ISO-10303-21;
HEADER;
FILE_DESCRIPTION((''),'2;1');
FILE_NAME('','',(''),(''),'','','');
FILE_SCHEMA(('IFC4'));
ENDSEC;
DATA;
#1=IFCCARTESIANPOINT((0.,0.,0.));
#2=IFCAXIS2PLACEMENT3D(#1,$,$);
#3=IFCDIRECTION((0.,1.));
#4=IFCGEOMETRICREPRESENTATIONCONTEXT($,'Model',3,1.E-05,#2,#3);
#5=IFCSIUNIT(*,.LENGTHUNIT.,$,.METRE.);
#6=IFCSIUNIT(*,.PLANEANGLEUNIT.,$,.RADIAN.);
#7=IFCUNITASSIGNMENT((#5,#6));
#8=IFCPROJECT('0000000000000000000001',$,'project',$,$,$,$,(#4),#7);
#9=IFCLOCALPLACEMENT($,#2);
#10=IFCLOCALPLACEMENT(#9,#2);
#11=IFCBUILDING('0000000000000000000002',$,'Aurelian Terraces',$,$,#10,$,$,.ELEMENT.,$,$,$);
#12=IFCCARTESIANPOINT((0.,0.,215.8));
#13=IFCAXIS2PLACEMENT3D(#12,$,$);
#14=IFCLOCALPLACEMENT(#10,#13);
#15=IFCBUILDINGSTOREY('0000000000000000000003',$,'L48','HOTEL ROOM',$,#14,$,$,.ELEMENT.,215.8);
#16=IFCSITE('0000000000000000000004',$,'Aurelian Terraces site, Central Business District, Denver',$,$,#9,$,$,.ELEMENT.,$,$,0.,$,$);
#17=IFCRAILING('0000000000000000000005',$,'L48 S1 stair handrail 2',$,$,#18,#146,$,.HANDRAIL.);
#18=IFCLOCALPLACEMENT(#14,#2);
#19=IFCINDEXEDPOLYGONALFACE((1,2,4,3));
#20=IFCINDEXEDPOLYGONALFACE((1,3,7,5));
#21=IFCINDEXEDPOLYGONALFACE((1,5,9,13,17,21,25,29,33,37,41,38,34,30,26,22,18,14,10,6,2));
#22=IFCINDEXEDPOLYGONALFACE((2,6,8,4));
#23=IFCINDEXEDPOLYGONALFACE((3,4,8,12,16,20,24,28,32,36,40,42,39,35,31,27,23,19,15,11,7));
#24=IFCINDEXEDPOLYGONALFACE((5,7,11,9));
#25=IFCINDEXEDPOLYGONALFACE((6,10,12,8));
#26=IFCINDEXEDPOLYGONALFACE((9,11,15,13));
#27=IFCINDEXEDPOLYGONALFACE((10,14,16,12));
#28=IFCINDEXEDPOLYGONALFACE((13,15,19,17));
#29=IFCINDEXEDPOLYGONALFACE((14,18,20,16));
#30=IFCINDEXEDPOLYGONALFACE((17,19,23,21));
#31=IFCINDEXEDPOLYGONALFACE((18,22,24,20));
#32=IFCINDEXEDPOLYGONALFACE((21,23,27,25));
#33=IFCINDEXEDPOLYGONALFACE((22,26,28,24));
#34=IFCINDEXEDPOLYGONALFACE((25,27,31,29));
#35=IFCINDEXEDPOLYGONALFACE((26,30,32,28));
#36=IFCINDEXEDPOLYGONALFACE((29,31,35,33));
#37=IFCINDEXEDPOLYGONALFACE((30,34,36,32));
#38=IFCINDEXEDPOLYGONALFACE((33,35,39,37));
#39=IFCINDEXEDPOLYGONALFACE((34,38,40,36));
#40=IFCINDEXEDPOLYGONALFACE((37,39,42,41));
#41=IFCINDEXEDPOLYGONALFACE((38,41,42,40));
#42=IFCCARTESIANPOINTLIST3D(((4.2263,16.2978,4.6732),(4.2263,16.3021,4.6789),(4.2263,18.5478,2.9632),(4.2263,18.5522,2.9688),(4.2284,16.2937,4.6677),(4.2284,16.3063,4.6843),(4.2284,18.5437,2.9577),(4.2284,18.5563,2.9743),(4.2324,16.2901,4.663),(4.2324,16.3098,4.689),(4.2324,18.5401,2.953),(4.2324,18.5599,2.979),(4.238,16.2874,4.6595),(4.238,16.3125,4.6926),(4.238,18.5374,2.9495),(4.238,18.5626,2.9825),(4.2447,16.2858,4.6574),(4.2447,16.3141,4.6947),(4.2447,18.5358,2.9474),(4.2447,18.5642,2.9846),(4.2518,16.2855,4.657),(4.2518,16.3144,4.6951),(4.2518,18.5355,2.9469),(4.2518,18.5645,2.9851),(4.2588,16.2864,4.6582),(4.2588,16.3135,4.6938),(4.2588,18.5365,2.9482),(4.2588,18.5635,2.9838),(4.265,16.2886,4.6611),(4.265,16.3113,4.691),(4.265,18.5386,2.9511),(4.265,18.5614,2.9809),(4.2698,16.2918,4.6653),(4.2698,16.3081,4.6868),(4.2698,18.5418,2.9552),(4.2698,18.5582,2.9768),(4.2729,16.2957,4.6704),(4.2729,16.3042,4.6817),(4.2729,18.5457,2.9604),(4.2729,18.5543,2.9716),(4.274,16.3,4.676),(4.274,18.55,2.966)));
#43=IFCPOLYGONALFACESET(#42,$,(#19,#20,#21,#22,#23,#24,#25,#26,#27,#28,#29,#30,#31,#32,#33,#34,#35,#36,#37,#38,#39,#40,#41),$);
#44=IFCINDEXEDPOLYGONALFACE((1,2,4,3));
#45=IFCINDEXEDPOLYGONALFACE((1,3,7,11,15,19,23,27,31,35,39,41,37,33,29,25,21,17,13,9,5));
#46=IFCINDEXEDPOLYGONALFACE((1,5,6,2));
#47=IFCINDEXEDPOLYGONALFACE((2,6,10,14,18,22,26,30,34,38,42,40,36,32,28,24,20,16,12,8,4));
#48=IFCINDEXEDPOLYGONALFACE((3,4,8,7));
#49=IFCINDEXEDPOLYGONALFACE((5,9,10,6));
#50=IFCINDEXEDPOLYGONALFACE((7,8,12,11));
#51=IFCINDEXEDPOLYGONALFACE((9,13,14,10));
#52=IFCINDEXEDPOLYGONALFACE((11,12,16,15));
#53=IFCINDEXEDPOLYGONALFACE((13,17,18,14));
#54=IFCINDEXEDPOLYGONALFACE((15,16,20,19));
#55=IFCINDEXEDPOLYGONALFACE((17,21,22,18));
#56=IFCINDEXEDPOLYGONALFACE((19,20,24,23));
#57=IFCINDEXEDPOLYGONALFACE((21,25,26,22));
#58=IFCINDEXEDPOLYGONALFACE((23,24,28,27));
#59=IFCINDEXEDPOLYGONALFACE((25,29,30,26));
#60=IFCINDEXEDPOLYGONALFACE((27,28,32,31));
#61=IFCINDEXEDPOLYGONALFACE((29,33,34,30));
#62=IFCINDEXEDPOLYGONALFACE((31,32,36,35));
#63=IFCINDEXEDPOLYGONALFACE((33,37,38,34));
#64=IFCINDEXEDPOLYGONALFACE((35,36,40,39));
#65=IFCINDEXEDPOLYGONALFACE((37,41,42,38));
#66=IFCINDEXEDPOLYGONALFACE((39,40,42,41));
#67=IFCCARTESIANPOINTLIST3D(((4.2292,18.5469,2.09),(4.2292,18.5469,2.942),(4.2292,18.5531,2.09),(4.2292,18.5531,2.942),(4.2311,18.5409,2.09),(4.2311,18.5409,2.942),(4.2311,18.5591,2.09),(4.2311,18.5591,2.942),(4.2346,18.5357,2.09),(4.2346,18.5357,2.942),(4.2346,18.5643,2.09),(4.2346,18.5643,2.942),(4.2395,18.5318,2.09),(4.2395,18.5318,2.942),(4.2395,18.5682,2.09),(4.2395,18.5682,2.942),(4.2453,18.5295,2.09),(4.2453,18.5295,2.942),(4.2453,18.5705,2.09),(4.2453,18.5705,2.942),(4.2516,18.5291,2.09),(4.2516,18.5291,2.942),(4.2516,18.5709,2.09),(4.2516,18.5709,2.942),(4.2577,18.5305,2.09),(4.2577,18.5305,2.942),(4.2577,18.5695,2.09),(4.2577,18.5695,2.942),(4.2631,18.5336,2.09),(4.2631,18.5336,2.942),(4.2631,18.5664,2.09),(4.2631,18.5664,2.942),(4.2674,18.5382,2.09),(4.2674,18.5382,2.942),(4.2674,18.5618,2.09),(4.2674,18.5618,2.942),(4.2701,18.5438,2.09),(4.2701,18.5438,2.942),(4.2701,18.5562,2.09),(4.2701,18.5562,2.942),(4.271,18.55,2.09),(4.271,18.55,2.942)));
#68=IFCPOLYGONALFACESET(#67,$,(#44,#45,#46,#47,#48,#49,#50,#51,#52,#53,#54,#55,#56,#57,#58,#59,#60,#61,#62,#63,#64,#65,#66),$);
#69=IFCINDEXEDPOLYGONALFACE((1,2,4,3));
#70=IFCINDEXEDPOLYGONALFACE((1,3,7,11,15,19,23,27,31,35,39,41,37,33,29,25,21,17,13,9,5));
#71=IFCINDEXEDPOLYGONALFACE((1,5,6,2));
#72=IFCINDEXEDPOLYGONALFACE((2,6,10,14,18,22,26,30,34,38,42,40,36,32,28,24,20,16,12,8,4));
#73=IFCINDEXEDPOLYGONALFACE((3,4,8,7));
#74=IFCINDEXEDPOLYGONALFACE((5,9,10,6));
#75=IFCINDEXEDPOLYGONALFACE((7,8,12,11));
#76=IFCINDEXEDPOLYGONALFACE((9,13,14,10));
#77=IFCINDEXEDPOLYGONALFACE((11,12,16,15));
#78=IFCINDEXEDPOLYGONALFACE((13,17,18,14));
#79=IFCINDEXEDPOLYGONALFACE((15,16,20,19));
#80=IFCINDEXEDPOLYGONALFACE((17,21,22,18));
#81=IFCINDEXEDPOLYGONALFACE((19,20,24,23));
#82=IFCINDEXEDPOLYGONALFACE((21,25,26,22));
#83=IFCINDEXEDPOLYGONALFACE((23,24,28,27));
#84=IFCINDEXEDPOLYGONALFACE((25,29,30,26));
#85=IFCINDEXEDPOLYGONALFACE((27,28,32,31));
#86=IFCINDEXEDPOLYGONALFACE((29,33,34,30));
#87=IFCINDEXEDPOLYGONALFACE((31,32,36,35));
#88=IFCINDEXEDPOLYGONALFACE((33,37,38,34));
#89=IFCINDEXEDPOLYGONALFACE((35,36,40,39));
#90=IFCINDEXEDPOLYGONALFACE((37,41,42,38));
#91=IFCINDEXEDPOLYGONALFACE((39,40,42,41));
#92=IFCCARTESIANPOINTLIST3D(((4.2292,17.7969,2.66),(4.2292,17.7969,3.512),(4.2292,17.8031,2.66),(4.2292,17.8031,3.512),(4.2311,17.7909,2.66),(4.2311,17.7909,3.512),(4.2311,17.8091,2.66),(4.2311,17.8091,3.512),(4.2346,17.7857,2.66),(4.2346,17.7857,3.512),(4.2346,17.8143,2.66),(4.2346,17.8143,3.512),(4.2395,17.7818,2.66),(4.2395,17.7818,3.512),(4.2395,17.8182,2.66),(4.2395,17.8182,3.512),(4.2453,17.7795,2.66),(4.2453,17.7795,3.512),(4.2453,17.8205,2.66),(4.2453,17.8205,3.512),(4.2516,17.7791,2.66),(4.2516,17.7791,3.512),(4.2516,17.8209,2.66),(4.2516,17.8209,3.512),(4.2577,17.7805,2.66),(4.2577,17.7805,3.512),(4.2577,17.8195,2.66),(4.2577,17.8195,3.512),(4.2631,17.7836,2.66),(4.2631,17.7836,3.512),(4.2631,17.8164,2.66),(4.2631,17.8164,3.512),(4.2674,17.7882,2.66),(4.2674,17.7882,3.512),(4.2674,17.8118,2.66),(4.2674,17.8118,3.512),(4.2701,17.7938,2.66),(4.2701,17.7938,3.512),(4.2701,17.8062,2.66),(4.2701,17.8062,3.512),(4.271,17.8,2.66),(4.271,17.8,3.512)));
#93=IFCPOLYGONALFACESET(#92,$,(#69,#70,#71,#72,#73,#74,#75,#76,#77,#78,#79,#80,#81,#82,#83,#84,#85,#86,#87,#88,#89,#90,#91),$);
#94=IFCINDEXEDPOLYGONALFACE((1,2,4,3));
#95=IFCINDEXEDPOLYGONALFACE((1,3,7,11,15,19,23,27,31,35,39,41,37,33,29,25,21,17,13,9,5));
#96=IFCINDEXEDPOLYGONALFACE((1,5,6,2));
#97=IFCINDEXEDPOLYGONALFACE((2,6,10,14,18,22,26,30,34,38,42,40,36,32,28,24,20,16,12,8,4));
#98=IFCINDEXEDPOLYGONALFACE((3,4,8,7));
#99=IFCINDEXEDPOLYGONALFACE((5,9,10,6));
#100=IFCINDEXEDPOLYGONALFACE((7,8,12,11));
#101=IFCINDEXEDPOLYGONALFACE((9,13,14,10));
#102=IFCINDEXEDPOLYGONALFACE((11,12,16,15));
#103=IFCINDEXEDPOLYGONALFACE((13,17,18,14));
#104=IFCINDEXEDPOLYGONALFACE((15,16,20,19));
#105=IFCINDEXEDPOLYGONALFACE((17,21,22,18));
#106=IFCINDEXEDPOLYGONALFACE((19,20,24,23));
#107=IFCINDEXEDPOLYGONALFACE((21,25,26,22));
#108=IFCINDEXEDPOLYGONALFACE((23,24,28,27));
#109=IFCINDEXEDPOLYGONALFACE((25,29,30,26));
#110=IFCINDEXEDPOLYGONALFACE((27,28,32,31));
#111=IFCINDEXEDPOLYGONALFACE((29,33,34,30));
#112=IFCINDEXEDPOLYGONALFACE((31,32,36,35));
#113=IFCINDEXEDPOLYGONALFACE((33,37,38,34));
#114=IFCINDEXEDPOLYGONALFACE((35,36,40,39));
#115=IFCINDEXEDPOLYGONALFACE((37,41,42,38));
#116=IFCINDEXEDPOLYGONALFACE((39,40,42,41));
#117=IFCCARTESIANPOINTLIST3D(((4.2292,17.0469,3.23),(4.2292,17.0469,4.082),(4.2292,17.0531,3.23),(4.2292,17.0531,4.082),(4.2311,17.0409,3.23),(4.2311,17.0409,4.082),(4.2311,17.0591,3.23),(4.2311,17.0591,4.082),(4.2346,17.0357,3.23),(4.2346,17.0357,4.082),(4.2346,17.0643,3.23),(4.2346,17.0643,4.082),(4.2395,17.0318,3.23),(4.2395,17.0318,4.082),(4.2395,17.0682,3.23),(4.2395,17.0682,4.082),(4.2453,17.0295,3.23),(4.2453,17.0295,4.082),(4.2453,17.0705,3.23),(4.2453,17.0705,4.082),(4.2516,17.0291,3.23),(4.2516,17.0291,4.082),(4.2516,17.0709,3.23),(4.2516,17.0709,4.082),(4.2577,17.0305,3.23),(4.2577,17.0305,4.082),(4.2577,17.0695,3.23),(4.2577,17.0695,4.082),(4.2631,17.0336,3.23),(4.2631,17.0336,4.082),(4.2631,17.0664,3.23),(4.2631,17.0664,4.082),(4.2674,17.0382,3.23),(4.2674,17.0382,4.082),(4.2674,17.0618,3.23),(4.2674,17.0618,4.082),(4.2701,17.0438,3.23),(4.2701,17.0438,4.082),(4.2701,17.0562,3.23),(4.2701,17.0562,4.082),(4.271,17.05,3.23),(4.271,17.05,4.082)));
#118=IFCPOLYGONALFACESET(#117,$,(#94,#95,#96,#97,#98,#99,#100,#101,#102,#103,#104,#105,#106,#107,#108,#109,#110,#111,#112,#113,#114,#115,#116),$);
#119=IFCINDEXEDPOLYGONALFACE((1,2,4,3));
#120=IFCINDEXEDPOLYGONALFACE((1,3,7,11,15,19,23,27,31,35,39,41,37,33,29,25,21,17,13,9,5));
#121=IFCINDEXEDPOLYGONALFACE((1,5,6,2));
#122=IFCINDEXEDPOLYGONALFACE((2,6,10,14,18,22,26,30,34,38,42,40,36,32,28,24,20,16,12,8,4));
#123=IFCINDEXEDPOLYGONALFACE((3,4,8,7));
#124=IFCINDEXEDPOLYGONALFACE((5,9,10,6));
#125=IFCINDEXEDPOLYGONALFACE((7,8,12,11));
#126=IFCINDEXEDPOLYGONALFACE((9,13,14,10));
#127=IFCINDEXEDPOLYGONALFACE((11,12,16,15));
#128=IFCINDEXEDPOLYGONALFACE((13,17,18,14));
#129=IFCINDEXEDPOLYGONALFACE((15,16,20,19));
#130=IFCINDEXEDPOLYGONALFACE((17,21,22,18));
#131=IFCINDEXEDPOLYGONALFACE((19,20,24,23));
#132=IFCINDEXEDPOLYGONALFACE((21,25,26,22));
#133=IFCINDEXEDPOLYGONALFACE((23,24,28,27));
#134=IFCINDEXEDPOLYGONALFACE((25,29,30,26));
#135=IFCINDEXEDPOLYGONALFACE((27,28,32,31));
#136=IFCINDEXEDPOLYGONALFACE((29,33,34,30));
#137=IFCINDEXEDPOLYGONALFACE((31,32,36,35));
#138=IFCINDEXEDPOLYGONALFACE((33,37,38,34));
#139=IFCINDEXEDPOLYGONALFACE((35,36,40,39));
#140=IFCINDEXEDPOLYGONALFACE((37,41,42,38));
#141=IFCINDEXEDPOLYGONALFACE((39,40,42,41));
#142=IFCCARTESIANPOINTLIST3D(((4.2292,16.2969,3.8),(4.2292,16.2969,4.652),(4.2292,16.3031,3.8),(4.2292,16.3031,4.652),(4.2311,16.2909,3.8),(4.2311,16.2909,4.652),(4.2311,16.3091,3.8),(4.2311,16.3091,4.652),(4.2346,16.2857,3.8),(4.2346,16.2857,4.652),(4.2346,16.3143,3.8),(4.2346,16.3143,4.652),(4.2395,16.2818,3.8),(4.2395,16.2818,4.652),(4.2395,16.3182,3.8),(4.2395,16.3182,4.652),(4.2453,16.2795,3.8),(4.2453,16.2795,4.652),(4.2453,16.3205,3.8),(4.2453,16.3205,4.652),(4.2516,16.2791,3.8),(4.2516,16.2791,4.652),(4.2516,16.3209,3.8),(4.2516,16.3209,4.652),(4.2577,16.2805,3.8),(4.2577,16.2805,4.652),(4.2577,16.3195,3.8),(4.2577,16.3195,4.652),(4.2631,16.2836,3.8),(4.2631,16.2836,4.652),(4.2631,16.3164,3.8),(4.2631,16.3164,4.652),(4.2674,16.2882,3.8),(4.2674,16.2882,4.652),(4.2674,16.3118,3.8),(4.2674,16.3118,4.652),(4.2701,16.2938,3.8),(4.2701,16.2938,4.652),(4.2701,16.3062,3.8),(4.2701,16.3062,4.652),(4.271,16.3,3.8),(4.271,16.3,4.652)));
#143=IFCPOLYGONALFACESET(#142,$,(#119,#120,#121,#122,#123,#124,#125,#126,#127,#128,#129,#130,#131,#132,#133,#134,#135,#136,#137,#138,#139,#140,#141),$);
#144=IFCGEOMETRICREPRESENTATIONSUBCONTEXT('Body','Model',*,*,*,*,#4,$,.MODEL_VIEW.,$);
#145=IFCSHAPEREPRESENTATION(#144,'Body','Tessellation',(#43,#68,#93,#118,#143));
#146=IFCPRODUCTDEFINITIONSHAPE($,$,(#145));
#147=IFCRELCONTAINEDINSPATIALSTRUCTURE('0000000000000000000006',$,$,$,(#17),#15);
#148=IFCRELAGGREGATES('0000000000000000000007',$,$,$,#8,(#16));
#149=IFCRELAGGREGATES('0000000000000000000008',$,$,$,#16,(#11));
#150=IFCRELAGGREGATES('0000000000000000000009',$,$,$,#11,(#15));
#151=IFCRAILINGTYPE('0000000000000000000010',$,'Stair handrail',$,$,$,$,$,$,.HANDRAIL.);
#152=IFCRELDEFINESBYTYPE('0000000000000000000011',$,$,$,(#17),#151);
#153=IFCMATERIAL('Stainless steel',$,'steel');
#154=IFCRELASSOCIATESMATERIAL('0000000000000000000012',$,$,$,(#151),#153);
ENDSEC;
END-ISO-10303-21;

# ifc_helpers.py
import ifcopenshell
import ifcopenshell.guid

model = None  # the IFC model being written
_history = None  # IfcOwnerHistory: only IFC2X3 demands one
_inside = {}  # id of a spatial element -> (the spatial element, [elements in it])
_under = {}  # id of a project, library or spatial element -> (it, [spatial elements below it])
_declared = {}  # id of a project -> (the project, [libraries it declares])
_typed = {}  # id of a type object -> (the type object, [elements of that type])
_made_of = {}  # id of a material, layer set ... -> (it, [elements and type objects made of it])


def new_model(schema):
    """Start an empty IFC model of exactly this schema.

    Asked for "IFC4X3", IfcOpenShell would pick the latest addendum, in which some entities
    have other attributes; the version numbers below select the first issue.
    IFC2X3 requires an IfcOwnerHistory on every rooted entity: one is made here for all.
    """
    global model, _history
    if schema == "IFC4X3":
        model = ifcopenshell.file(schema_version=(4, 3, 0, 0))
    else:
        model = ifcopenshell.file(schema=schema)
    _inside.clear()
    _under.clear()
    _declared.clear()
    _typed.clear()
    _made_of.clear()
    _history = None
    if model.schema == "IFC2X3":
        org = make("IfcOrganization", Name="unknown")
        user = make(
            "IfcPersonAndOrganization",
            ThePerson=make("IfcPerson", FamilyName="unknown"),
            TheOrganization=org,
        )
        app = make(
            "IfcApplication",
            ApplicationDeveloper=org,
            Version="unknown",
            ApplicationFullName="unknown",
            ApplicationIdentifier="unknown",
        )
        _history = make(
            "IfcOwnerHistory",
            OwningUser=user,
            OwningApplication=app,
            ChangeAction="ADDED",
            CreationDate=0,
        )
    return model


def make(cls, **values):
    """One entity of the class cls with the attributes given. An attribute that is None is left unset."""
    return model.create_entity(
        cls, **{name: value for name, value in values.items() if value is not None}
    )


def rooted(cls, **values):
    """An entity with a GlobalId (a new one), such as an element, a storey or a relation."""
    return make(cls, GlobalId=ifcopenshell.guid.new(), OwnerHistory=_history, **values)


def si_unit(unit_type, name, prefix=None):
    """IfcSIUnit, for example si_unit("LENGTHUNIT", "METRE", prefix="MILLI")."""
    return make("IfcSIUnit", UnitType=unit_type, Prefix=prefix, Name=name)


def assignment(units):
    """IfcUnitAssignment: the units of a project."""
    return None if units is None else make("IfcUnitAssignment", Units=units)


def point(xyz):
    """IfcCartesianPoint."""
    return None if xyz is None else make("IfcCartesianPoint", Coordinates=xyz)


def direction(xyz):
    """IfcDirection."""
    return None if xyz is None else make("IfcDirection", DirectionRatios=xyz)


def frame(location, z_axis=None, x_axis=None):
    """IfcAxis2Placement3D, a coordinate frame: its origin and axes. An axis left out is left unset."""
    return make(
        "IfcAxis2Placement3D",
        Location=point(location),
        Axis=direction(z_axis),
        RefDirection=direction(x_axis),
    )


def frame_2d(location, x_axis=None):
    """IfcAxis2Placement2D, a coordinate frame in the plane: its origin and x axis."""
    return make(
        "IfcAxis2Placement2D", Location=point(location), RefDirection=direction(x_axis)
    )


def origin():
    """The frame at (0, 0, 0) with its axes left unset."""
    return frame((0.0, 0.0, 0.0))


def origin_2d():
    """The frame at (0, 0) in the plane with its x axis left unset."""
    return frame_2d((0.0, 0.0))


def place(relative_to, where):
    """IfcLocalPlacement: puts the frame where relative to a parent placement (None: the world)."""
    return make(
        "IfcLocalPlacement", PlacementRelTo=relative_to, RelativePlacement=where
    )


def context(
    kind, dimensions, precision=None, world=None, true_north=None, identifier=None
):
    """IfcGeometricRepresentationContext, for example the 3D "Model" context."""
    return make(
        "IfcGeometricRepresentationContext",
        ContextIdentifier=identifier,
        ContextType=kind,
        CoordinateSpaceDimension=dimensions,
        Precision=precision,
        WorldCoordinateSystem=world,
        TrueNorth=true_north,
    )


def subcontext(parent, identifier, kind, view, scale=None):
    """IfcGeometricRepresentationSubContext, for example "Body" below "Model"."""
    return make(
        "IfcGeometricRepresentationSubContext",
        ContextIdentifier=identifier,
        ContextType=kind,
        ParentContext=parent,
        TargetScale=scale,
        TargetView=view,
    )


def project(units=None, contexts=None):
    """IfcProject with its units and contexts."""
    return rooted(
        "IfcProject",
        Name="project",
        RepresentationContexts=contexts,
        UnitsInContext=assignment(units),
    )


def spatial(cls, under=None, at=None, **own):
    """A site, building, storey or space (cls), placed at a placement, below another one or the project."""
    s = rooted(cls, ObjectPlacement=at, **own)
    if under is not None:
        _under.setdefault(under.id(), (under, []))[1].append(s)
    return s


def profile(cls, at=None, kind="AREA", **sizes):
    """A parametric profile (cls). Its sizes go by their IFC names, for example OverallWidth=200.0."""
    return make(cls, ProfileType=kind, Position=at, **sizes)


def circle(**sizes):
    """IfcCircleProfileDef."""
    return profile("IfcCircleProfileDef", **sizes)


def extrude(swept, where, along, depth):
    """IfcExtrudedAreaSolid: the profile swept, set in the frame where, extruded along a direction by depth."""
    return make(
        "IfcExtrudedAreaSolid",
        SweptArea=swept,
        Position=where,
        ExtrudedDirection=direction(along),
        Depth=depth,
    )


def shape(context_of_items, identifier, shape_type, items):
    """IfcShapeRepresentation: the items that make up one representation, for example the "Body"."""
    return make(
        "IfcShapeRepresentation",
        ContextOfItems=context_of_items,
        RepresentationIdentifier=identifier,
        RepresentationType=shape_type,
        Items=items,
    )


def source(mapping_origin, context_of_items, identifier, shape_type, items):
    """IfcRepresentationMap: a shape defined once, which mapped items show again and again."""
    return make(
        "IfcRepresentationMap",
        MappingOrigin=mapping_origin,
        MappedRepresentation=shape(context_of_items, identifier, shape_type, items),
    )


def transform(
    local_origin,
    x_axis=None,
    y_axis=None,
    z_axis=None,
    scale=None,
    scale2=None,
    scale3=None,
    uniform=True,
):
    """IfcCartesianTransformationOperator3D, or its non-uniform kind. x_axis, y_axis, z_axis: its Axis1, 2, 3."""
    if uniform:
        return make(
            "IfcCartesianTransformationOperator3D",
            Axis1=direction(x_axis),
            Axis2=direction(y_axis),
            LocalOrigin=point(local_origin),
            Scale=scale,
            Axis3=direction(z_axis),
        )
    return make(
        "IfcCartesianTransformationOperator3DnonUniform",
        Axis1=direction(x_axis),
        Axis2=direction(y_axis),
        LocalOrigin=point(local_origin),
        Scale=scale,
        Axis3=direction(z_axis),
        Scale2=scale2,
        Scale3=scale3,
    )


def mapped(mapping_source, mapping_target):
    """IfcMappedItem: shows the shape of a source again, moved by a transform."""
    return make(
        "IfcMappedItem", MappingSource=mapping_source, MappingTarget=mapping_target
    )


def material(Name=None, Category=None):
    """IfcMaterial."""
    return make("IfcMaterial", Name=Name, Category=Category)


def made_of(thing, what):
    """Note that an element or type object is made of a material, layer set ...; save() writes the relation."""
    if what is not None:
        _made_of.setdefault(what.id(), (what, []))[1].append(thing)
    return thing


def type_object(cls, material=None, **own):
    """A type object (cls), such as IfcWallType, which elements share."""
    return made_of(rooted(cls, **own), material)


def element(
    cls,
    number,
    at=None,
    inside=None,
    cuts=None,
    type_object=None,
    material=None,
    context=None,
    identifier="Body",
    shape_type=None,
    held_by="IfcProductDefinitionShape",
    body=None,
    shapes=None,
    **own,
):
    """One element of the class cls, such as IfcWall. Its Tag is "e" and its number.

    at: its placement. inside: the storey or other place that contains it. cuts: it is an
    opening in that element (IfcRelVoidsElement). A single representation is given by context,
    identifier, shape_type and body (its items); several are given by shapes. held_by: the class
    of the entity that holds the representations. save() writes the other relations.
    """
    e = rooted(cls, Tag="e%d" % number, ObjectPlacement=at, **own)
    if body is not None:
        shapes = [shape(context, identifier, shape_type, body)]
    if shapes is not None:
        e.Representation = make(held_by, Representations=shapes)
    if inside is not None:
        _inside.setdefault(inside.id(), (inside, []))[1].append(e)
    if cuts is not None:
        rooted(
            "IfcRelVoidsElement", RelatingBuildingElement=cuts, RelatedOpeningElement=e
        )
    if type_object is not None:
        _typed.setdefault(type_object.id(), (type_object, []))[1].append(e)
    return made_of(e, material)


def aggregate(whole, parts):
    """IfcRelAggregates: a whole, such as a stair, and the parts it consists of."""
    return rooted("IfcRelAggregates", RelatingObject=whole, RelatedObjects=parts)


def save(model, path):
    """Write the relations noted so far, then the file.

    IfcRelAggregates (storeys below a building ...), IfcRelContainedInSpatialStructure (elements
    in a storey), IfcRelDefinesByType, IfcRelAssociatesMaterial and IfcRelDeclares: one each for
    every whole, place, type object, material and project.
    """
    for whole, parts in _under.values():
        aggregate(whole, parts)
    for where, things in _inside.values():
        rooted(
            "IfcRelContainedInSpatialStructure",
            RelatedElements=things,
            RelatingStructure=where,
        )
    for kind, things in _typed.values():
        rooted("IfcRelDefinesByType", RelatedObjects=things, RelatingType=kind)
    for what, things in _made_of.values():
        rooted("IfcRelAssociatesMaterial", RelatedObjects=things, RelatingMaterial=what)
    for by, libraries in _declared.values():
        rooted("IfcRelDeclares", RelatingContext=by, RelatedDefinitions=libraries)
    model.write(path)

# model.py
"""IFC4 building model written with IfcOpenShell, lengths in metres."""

from ifc_helpers import new_model, si_unit, direction, frame, origin, origin_2d, place, context, subcontext, project, spatial, circle, extrude, source, transform, mapped, material, type_object, element, save


model = new_model("IFC4")

# Units and contexts
model_context = context("Model", 3, precision=1e-05, world=origin(), true_north=direction((0.0, 1.0)))
body_context = subcontext(model_context, "Body", "Model", "MODEL_VIEW")
ifc_project = project(units=[si_unit("LENGTHUNIT", "METRE"), si_unit("PLANEANGLEUNIT", "RADIAN")], contexts=[model_context])

# Site, building, storey
site_placement = place(None, origin())
site = spatial("IfcSite", under=ifc_project, at=site_placement, Name="Aurelian Terraces site, Central Business District, Denver", CompositionType="ELEMENT", RefElevation=0.0)
building_placement = place(site_placement, origin())
building = spatial("IfcBuilding", under=site, at=building_placement, Name="Aurelian Terraces", CompositionType="ELEMENT")
storey_placement = place(building_placement, frame((0.0, 0.0, 215.8)))
storey = spatial("IfcBuildingStorey", under=building, at=storey_placement, Name="L48", Description="HOTEL ROOM", CompositionType="ELEMENT", Elevation=215.8)

# Shared definitions
ifc_material_1 = material(Name="Stainless steel", Category="steel")

# Railing
railing_type_1 = type_object("IfcRailingType", Name="Stair handrail", PredefinedType="HANDRAIL", material=ifc_material_1)
shared_shape_1 = source(origin(), body_context, "Body", "SweptSolid", [
    extrude(circle(Radius=0.024, at=origin_2d()), frame((0.0, 0.0, 0.876), z_axis=(0.0, -0.796162, 0.605083), x_axis=(1.0, 0.0, 0.0)), (0.0, 0.0, 1.0), 2.8261),
    extrude(circle(Radius=0.021, at=origin_2d()), origin(), (0.0, 0.0, 1.0), 0.852),
    extrude(circle(Radius=0.021, at=origin_2d()), frame((0.0, -0.75, 0.57)), (0.0, 0.0, 1.0), 0.852),
    extrude(circle(Radius=0.021, at=origin_2d()), frame((0.0, -1.5, 1.14)), (0.0, 0.0, 1.0), 0.852),
    extrude(circle(Radius=0.021, at=origin_2d()), frame((0.0, -2.25, 1.71)), (0.0, 0.0, 1.0), 0.852),
])
railing_1_placement = place(storey_placement, frame((4.25, 18.55, 2.09)))
element("IfcRailing", 1, at=railing_1_placement, inside=storey, type_object=railing_type_1, Name="L48 S1 stair handrail 2", PredefinedType="HANDRAIL", context=body_context, shape_type="MappedRepresentation", body=[
    mapped(shared_shape_1, transform((0.0, 0.0, 0.0), scale=1.0)),
])

save(model, "model.ifc")
